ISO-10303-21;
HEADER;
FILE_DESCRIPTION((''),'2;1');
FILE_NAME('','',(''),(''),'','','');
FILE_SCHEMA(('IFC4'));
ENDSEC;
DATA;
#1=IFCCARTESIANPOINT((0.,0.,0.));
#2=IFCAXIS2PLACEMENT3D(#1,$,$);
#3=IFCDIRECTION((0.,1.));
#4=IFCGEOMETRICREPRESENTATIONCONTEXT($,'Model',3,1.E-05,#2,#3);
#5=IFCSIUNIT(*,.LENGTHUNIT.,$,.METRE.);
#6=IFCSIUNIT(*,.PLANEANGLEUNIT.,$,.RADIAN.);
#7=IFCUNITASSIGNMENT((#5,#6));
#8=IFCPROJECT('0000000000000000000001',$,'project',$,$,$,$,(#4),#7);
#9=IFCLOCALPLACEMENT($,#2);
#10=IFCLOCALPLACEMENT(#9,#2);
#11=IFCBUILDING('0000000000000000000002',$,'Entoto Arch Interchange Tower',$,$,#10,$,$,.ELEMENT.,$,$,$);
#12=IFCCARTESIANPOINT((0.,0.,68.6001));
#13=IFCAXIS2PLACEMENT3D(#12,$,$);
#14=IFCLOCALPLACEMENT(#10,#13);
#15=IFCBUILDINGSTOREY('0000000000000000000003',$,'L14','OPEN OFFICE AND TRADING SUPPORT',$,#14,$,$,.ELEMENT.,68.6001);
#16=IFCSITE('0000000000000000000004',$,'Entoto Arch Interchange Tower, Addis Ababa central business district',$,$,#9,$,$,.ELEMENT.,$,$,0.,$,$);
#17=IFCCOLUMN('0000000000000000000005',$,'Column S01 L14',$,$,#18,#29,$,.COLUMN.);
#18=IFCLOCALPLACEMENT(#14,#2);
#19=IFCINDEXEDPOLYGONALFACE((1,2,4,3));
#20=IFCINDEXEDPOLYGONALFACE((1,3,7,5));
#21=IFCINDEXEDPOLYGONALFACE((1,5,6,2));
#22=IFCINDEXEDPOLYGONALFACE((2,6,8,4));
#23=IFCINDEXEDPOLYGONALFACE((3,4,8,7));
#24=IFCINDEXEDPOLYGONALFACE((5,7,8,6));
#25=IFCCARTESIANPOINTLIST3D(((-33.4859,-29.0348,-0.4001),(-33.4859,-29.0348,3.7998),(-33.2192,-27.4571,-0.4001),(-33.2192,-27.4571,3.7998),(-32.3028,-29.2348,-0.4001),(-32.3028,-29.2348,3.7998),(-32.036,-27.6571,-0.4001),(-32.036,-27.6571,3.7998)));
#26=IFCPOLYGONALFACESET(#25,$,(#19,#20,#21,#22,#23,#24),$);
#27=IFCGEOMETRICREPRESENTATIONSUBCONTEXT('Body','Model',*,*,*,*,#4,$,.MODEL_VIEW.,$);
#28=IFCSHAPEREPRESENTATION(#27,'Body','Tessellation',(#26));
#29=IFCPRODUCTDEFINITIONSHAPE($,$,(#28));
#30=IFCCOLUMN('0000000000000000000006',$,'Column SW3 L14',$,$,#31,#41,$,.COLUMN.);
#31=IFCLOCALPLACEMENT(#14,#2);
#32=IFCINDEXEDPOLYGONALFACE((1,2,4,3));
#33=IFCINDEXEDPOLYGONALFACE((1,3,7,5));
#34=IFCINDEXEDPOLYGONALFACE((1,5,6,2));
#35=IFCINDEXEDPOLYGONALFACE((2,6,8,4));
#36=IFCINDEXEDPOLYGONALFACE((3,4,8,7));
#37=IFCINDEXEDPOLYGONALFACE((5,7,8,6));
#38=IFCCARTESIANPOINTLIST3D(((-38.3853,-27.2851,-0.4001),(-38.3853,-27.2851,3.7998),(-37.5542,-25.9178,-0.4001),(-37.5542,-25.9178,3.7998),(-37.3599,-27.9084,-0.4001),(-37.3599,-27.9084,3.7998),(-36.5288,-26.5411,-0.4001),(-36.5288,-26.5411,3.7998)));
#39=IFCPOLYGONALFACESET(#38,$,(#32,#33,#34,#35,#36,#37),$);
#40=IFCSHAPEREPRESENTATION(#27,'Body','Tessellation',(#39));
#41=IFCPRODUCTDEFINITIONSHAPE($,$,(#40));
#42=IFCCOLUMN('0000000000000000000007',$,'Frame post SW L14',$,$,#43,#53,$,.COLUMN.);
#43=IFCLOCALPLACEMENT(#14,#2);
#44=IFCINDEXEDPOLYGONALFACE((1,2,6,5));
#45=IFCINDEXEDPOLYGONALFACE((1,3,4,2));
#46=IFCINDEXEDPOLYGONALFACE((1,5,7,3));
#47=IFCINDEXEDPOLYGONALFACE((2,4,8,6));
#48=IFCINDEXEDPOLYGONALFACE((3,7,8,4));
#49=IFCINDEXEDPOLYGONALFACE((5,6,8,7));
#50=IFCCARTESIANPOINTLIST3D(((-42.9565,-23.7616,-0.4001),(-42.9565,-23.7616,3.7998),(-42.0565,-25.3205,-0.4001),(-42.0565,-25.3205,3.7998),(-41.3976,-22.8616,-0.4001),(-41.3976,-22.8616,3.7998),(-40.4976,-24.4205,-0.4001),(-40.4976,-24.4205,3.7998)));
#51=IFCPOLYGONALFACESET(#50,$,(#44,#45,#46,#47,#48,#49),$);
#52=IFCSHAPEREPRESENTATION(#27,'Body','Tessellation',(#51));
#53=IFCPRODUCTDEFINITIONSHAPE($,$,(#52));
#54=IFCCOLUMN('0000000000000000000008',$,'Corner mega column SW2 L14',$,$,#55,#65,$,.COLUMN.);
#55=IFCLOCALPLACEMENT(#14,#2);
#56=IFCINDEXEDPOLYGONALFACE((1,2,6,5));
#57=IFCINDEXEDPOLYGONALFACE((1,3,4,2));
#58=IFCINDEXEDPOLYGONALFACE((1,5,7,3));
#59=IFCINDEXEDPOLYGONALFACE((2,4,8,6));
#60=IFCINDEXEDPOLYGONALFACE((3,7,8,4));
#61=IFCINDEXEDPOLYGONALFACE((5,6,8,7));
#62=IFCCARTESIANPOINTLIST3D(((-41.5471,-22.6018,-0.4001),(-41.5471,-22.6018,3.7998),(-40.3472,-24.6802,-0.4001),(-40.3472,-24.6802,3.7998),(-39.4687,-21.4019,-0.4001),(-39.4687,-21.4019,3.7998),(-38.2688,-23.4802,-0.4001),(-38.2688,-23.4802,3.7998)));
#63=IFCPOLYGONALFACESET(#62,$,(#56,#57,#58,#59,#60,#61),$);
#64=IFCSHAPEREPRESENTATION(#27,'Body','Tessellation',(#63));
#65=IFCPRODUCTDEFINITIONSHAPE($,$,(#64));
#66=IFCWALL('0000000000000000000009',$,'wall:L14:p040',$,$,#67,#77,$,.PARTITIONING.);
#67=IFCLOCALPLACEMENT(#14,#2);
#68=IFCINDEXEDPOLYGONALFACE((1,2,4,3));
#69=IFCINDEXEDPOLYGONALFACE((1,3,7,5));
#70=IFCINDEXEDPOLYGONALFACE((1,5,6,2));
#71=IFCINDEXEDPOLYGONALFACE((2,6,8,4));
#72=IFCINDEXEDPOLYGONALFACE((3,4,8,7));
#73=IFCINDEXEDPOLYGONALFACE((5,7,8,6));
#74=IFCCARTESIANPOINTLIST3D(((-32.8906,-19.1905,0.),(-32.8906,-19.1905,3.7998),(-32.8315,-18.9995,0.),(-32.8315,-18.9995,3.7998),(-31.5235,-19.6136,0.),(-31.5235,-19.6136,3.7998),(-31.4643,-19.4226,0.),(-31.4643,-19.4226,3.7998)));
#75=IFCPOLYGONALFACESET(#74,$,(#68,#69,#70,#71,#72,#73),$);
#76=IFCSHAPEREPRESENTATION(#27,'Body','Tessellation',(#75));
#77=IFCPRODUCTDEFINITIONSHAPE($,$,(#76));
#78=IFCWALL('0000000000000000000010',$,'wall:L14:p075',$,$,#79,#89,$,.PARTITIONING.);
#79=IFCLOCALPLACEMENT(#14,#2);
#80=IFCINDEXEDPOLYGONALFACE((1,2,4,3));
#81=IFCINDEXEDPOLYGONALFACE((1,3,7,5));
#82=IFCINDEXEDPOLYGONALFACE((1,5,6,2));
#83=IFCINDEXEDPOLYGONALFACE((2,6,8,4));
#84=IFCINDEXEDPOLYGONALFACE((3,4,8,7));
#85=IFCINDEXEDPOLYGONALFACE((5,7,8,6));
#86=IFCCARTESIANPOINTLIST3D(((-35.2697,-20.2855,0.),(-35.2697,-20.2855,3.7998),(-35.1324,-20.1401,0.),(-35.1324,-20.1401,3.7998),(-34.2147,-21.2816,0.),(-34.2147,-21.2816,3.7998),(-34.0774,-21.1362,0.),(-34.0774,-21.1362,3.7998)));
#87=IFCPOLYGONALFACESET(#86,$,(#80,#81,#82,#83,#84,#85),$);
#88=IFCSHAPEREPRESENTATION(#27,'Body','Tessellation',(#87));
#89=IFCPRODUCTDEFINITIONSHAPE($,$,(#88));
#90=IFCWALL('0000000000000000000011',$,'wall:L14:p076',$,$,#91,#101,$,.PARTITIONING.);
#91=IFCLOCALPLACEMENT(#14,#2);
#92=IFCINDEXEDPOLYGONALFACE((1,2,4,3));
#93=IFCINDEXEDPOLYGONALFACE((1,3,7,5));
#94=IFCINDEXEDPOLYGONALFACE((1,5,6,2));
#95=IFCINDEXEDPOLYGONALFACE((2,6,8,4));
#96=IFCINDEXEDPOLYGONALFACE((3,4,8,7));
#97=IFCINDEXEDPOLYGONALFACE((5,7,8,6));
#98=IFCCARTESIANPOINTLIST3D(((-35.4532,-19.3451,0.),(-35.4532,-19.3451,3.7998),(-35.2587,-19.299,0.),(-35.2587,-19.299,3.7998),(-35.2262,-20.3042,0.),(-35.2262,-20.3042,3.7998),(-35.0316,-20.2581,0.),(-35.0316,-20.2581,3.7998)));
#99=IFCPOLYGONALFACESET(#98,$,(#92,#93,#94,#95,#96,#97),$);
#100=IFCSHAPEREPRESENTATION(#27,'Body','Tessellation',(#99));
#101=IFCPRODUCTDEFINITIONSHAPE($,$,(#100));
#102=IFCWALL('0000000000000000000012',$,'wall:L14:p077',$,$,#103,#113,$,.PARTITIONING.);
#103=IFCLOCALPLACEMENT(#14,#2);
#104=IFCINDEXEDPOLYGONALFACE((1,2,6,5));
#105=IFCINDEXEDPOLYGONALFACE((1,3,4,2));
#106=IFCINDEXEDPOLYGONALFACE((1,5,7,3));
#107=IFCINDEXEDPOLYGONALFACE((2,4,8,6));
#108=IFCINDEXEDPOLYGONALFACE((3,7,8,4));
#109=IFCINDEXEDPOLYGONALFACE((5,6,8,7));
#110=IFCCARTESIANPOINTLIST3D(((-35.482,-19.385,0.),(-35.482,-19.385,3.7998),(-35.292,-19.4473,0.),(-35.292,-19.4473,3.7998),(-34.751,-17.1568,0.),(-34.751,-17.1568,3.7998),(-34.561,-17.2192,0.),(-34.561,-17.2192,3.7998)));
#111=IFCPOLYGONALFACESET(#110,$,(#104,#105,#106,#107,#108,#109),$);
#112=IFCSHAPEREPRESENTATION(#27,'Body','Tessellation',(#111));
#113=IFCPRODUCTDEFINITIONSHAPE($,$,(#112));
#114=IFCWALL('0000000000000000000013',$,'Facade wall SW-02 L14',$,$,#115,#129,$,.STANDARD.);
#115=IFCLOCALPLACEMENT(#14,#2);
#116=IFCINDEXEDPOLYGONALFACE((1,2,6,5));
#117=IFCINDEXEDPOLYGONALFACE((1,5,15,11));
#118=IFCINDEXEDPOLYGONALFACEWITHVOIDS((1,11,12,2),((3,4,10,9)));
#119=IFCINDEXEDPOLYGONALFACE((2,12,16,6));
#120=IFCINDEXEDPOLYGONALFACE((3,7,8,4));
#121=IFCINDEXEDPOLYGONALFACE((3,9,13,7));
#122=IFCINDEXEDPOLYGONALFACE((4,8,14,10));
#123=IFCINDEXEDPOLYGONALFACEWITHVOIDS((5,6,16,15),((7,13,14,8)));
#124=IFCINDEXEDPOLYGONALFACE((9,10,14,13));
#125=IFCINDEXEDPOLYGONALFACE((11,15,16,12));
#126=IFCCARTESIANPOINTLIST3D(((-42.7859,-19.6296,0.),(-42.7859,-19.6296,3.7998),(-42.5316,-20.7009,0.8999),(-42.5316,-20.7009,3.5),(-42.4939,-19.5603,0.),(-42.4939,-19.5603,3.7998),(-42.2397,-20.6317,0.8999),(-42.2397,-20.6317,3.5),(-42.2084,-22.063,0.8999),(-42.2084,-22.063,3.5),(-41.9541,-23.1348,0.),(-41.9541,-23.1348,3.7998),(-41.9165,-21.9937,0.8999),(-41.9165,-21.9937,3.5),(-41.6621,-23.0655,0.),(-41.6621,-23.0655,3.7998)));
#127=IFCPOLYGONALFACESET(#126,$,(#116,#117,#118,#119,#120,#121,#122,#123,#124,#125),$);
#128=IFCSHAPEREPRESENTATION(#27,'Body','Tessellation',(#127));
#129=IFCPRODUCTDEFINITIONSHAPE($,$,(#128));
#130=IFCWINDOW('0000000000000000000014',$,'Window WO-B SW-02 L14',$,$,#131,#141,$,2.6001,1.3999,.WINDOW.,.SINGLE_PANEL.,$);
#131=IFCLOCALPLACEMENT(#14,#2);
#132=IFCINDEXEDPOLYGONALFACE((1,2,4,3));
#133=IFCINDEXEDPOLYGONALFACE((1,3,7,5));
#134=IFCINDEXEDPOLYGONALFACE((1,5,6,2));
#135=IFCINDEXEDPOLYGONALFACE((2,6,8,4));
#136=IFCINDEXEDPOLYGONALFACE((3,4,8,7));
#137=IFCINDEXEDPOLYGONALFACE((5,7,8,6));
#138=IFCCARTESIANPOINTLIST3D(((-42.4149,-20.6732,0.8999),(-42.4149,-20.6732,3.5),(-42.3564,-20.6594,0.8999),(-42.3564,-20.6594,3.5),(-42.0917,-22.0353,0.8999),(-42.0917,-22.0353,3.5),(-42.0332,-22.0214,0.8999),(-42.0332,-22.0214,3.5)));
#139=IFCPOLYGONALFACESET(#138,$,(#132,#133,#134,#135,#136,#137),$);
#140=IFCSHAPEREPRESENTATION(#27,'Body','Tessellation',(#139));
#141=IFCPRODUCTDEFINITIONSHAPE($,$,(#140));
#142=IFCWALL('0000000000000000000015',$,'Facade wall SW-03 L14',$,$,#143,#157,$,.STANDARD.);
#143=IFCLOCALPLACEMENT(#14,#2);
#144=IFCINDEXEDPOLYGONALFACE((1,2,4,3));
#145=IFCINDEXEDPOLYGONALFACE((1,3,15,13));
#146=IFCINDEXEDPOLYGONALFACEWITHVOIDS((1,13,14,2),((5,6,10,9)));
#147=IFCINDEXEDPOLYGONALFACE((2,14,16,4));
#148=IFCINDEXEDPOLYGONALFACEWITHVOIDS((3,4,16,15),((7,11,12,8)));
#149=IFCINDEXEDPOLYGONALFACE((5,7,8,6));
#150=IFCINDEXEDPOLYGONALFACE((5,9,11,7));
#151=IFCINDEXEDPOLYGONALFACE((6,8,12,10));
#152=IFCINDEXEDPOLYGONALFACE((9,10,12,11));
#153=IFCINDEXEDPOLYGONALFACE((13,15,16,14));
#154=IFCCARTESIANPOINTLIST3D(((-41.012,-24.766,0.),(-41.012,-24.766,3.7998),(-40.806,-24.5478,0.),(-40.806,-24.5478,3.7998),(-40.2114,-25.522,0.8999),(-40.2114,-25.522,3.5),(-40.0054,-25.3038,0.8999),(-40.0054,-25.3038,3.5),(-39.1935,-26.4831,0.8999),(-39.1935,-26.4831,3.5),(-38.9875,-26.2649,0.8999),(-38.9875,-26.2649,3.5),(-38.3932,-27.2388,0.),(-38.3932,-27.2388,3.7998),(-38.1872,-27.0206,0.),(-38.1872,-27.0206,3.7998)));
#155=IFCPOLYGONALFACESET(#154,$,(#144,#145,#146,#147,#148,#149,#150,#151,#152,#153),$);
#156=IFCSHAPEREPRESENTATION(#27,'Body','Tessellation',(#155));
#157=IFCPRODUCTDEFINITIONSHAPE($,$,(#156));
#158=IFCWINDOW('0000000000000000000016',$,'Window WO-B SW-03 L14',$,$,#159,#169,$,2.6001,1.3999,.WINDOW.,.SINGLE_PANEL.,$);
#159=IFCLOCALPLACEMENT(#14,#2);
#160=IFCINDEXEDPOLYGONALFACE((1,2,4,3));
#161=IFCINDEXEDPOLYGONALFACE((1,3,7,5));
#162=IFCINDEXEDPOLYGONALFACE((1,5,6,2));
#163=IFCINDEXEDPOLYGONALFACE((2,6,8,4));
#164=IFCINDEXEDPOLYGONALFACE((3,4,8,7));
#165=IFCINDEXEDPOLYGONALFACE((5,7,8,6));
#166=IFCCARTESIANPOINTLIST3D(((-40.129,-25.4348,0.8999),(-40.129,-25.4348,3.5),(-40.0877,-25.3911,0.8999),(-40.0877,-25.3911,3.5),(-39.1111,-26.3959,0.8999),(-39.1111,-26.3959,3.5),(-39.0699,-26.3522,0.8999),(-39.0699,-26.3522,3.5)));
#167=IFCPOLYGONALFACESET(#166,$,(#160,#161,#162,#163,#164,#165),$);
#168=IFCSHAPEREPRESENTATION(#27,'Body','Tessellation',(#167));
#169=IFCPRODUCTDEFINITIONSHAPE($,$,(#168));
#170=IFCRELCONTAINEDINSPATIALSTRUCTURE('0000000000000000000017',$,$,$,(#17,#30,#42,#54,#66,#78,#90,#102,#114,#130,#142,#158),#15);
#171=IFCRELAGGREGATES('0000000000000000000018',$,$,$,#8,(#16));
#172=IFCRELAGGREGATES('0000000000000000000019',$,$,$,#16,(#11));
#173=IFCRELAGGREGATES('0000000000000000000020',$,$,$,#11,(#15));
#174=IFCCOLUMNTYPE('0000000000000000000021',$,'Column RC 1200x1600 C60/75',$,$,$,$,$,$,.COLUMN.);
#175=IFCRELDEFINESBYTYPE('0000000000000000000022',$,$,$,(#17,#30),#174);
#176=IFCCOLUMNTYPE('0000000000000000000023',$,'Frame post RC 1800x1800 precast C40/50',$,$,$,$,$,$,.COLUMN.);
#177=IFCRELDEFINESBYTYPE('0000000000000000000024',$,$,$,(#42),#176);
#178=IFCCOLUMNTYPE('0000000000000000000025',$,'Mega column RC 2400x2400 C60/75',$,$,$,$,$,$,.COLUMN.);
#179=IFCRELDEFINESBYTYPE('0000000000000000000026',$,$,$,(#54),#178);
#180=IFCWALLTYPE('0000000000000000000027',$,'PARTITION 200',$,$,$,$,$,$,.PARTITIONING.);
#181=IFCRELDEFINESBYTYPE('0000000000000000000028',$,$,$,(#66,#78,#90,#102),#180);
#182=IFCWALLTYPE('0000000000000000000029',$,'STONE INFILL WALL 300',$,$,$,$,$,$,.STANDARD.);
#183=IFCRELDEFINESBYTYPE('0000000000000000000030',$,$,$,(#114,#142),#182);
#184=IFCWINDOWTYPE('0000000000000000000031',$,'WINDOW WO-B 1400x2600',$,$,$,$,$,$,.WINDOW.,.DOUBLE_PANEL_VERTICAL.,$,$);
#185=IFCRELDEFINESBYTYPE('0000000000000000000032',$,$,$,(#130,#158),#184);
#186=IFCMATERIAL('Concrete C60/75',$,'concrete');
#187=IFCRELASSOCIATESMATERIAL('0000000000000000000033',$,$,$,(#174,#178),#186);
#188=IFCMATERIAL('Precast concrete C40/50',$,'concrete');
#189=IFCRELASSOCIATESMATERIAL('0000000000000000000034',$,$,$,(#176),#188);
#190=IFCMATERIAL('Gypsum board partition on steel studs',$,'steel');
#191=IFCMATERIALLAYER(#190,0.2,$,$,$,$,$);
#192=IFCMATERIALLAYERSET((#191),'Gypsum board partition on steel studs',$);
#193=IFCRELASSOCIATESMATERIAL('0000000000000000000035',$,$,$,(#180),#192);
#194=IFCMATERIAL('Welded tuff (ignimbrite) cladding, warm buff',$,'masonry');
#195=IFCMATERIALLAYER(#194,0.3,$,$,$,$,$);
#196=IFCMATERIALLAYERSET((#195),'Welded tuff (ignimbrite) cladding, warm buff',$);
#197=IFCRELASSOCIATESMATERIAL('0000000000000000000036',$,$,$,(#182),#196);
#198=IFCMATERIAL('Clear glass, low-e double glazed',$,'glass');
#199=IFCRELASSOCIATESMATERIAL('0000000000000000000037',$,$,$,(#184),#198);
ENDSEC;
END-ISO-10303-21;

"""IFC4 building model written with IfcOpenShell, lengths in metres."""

from ifc_helpers import new_model, si_unit, direction, frame, frame_2d, origin, origin_2d, place, context, subcontext, project, spatial, rectangle, extrude, material, layer, layer_set, material_profile, profile_set, type_object, element, fill, save


model = new_model("IFC4")

# Units and contexts
model_context = context("Model", 3, precision=1e-05, world=origin(), true_north=direction((0.0, 1.0)))
body_context = subcontext(model_context, "Body", "Model", "MODEL_VIEW")
ifc_project = project(units=[si_unit("LENGTHUNIT", "METRE"), si_unit("PLANEANGLEUNIT", "RADIAN")], contexts=[model_context])

# Site, building, storey
site_placement = place(None, origin())
site = spatial("IfcSite", under=ifc_project, at=site_placement, Name="Entoto Arch Interchange Tower, Addis Ababa central business district", CompositionType="ELEMENT", RefElevation=0.0)
building_placement = place(site_placement, origin())
building = spatial("IfcBuilding", under=site, at=building_placement, Name="Entoto Arch Interchange Tower", CompositionType="ELEMENT")
storey_placement = place(building_placement, frame((0.0, 0.0, 68.6001)))
storey = spatial("IfcBuildingStorey", under=building, at=storey_placement, Name="L14", Description="OPEN OFFICE AND TRADING SUPPORT", CompositionType="ELEMENT", Elevation=68.6001)

# Columns
ifc_material_1 = material(Name="Concrete C60/75", Category="concrete")
ifc_material_profile_1 = material_profile(ifc_material_1, rectangle(XDim=1.2, YDim=1.6001, at=origin_2d()))
ifc_profile_set_1 = profile_set([ifc_material_profile_1], Name="Concrete C60/75")
column_type_1 = type_object("IfcColumnType", Name="Column RC 1200x1600 C60/75", PredefinedType="COLUMN", material=ifc_profile_set_1)
for number, where, z_axis, x_axis, name in (
    (1, (-32.761, -28.3459, -0.4001), (0.0, 0.0, 1.0), (-0.986005, 0.166717, 0.0), "Column S01 L14"),
    (2, (-37.457, -26.9131, -0.4001), (0.0, 0.0, 1.0), (-0.854522, 0.519415, 0.0), "Column SW3 L14"),
):
    element("IfcColumn", number, at=place(storey_placement, frame(where, z_axis=z_axis, x_axis=x_axis)), inside=storey, type_object=column_type_1, Name=name, PredefinedType="COLUMN", context=body_context, shape_type="SweptSolid", body=[
        extrude(rectangle(XDim=1.2, YDim=1.6001, at=origin_2d()), origin(), (0.0, 0.0, 1.0), 4.2),
    ])
ifc_material_2 = material(Name="Precast concrete C40/50", Category="concrete")
ifc_material_profile_2 = material_profile(ifc_material_2, rectangle(XDim=1.8, YDim=1.8, at=origin_2d()))
ifc_profile_set_2 = profile_set([ifc_material_profile_2], Name="Precast concrete C40/50")
column_type_2 = type_object("IfcColumnType", Name="Frame post RC 1800x1800 precast C40/50", PredefinedType="COLUMN", material=ifc_profile_set_2)
column_1_placement = place(storey_placement, frame((-41.7271, -24.0911, -0.4001), z_axis=(0.0, 0.0, 1.0), x_axis=(0.866025, 0.5, 0.0)))
element("IfcColumn", 3, at=column_1_placement, inside=storey, type_object=column_type_2, Name="Frame post SW L14", PredefinedType="COLUMN", context=body_context, shape_type="SweptSolid", body=[
    extrude(rectangle(XDim=1.8, YDim=1.8, at=origin_2d()), origin(), (0.0, 0.0, 1.0), 4.2),
])
ifc_material_profile_3 = material_profile(ifc_material_1, rectangle(XDim=2.3999, YDim=2.3999, at=origin_2d()))
ifc_profile_set_3 = profile_set([ifc_material_profile_3], Name="Concrete C60/75")
column_type_3 = type_object("IfcColumnType", Name="Mega column RC 2400x2400 C60/75", PredefinedType="COLUMN", material=ifc_profile_set_3)
column_2_placement = place(storey_placement, frame((-39.908, -23.041, -0.4001), z_axis=(0.0, 0.0, 1.0), x_axis=(0.866025, 0.5, 0.0)))
element("IfcColumn", 4, at=column_2_placement, inside=storey, type_object=column_type_3, Name="Corner mega column SW2 L14", PredefinedType="COLUMN", context=body_context, shape_type="SweptSolid", body=[
    extrude(rectangle(XDim=2.3999, YDim=2.3999, at=origin_2d()), origin(), (0.0, 0.0, 1.0), 4.2),
])

# Walls
ifc_material_3 = material(Name="Gypsum board partition on steel studs", Category="steel")
ifc_layer_1 = layer(ifc_material_3, 0.2)
ifc_layer_set_1 = layer_set([ifc_layer_1], Name="Gypsum board partition on steel studs")
wall_type_1 = type_object("IfcWallType", Name="PARTITION 200", PredefinedType="PARTITIONING", material=ifc_layer_set_1)
wall_1_placement = place(storey_placement, frame((-32.8611, -19.095, 0.0), z_axis=(0.0, 0.0, 1.0), x_axis=(0.955302, -0.295632, 0.0)))
element("IfcWall", 5, at=wall_1_placement, inside=storey, type_object=wall_type_1, Name="wall:L14:p040", PredefinedType="PARTITIONING", context=body_context, shape_type="SweptSolid", body=[
    extrude(rectangle(XDim=1.4312, YDim=0.2, at=frame_2d((0.7156, 0.0))), origin(), (0.0, 0.0, 1.0), 3.7998),
])
wall_2_placement = place(storey_placement, frame((-34.146, -21.209, 0.0), z_axis=(0.0, 0.0, 1.0), x_axis=(-0.727092, 0.68654, 0.0)))
element("IfcWall", 6, at=wall_2_placement, inside=storey, type_object=wall_type_1, Name="wall:L14:p075", PredefinedType="PARTITIONING", context=body_context, shape_type="SweptSolid", body=[
    extrude(rectangle(XDim=1.4509, YDim=0.2, at=frame_2d((0.7256, 0.0))), origin(), (0.0, 0.0, 1.0), 3.7998),
])
wall_3_placement = place(storey_placement, frame((-35.1289, -20.281, 0.0), z_axis=(0.0, 0.0, 1.0), x_axis=(-0.230392, 0.973098, 0.0)))
element("IfcWall", 7, at=wall_3_placement, inside=storey, type_object=wall_type_1, Name="wall:L14:p076", PredefinedType="PARTITIONING", context=body_context, shape_type="SweptSolid", body=[
    extrude(rectangle(XDim=0.9856, YDim=0.2, at=frame_2d((0.4927, 0.0))), origin(), (0.0, 0.0, 1.0), 3.7998),
])
wall_4_placement = place(storey_placement, frame((-35.387, -19.416, 0.0), z_axis=(0.0, 0.0, 1.0), x_axis=(0.311726, 0.950172, 0.0)))
element("IfcWall", 8, at=wall_4_placement, inside=storey, type_object=wall_type_1, Name="wall:L14:p077", PredefinedType="PARTITIONING", context=body_context, shape_type="SweptSolid", body=[
    extrude(rectangle(XDim=2.345, YDim=0.2, at=frame_2d((1.1724, 0.0))), origin(), (0.0, 0.0, 1.0), 3.7998),
])

# Walls, openings, windows
ifc_material_4 = material(Name="Welded tuff (ignimbrite) cladding, warm buff", Category="masonry")
ifc_layer_2 = layer(ifc_material_4, 0.3)
ifc_layer_set_2 = layer_set([ifc_layer_2], Name="Welded tuff (ignimbrite) cladding, warm buff")
wall_type_2 = type_object("IfcWallType", Name="STONE INFILL WALL 300", PredefinedType="STANDARD", material=ifc_layer_set_2)
wall_5_placement = place(storey_placement, frame((-42.6399, -19.595, 0.0), z_axis=(0.0, 0.0, 1.0), x_axis=(0.230894, -0.972979, 0.0)))
wall_5 = element("IfcWall", 9, at=wall_5_placement, inside=storey, type_object=wall_type_2, Name="Facade wall SW-02 L14", PredefinedType="STANDARD", context=body_context, shape_type="SweptSolid", body=[
    extrude(rectangle(XDim=3.6025, YDim=0.3, at=frame_2d((1.8013, 0.0))), origin(), (0.0, 0.0, 1.0), 3.7998),
])
opening_1_placement = place(wall_5_placement, frame((1.1011, 0.0, 0.8999)))
opening_1 = element("IfcOpeningElement", 10, at=opening_1_placement, cuts=wall_5, PredefinedType="OPENING", context=body_context, shape_type="SweptSolid", body=[
    extrude(rectangle(XDim=1.3999, YDim=2.6001, at=frame_2d((0.7, 1.3))), frame((0.0, 0.1602, 0.0), z_axis=(0.0, -1.0, 0.0), x_axis=(1.0, 0.0, 0.0)), (0.0, 0.0, 1.0), 0.3201),
])
ifc_material_5 = material(Name="Clear glass, low-e double glazed", Category="glass")
window_type = type_object("IfcWindowType", Name="WINDOW WO-B 1400x2600", PartitioningType="DOUBLE_PANEL_VERTICAL", PredefinedType="WINDOW", material=ifc_material_5)
window_1_placement = place(opening_1_placement, origin())
window_1 = element("IfcWindow", 11, at=window_1_placement, inside=storey, type_object=window_type, Name="Window WO-B SW-02 L14", OverallHeight=2.6001, OverallWidth=1.3999, PartitioningType="SINGLE_PANEL", PredefinedType="WINDOW", context=body_context, shape_type="SweptSolid", body=[
    extrude(rectangle(XDim=1.3999, YDim=2.6001, at=frame_2d((0.7, 1.3))), frame((0.0, 0.03, 0.0), z_axis=(0.0, -1.0, 0.0), x_axis=(1.0, 0.0, 0.0)), (0.0, 0.0, 1.0), 0.0601),
])
fill(opening_1, window_1)
wall_6_placement = place(storey_placement, frame((-40.9089, -24.657, 0.0), z_axis=(0.0, 0.0, 1.0), x_axis=(0.727083, -0.68655, 0.0)))
wall_6 = element("IfcWall", 12, at=wall_6_placement, inside=storey, type_object=wall_type_2, Name="Facade wall SW-03 L14", PredefinedType="STANDARD", context=body_context, shape_type="SweptSolid", body=[
    extrude(rectangle(XDim=3.6018, YDim=0.3, at=frame_2d((1.8008, 0.0))), origin(), (0.0, 0.0, 1.0), 3.7998),
])
opening_2_placement = place(wall_6_placement, frame((1.1011, 0.0, 0.8999)))
opening_2 = element("IfcOpeningElement", 13, at=opening_2_placement, cuts=wall_6, PredefinedType="OPENING", context=body_context, shape_type="SweptSolid", body=[
    extrude(rectangle(XDim=1.3999, YDim=2.6001, at=frame_2d((0.7, 1.3))), frame((0.0, 0.1602, 0.0), z_axis=(0.0, -1.0, 0.0), x_axis=(1.0, 0.0, 0.0)), (0.0, 0.0, 1.0), 0.3201),
])
window_2_placement = place(opening_2_placement, origin())
window_2 = element("IfcWindow", 14, at=window_2_placement, inside=storey, type_object=window_type, Name="Window WO-B SW-03 L14", OverallHeight=2.6001, OverallWidth=1.3999, PartitioningType="SINGLE_PANEL", PredefinedType="WINDOW", context=body_context, shape_type="SweptSolid", body=[
    extrude(rectangle(XDim=1.3999, YDim=2.6001, at=frame_2d((0.7, 1.3))), frame((0.0, 0.03, 0.0), z_axis=(0.0, -1.0, 0.0), x_axis=(1.0, 0.0, 0.0)), (0.0, 0.0, 1.0), 0.0601),
])
fill(opening_2, window_2)

save(model, "model.ifc")
